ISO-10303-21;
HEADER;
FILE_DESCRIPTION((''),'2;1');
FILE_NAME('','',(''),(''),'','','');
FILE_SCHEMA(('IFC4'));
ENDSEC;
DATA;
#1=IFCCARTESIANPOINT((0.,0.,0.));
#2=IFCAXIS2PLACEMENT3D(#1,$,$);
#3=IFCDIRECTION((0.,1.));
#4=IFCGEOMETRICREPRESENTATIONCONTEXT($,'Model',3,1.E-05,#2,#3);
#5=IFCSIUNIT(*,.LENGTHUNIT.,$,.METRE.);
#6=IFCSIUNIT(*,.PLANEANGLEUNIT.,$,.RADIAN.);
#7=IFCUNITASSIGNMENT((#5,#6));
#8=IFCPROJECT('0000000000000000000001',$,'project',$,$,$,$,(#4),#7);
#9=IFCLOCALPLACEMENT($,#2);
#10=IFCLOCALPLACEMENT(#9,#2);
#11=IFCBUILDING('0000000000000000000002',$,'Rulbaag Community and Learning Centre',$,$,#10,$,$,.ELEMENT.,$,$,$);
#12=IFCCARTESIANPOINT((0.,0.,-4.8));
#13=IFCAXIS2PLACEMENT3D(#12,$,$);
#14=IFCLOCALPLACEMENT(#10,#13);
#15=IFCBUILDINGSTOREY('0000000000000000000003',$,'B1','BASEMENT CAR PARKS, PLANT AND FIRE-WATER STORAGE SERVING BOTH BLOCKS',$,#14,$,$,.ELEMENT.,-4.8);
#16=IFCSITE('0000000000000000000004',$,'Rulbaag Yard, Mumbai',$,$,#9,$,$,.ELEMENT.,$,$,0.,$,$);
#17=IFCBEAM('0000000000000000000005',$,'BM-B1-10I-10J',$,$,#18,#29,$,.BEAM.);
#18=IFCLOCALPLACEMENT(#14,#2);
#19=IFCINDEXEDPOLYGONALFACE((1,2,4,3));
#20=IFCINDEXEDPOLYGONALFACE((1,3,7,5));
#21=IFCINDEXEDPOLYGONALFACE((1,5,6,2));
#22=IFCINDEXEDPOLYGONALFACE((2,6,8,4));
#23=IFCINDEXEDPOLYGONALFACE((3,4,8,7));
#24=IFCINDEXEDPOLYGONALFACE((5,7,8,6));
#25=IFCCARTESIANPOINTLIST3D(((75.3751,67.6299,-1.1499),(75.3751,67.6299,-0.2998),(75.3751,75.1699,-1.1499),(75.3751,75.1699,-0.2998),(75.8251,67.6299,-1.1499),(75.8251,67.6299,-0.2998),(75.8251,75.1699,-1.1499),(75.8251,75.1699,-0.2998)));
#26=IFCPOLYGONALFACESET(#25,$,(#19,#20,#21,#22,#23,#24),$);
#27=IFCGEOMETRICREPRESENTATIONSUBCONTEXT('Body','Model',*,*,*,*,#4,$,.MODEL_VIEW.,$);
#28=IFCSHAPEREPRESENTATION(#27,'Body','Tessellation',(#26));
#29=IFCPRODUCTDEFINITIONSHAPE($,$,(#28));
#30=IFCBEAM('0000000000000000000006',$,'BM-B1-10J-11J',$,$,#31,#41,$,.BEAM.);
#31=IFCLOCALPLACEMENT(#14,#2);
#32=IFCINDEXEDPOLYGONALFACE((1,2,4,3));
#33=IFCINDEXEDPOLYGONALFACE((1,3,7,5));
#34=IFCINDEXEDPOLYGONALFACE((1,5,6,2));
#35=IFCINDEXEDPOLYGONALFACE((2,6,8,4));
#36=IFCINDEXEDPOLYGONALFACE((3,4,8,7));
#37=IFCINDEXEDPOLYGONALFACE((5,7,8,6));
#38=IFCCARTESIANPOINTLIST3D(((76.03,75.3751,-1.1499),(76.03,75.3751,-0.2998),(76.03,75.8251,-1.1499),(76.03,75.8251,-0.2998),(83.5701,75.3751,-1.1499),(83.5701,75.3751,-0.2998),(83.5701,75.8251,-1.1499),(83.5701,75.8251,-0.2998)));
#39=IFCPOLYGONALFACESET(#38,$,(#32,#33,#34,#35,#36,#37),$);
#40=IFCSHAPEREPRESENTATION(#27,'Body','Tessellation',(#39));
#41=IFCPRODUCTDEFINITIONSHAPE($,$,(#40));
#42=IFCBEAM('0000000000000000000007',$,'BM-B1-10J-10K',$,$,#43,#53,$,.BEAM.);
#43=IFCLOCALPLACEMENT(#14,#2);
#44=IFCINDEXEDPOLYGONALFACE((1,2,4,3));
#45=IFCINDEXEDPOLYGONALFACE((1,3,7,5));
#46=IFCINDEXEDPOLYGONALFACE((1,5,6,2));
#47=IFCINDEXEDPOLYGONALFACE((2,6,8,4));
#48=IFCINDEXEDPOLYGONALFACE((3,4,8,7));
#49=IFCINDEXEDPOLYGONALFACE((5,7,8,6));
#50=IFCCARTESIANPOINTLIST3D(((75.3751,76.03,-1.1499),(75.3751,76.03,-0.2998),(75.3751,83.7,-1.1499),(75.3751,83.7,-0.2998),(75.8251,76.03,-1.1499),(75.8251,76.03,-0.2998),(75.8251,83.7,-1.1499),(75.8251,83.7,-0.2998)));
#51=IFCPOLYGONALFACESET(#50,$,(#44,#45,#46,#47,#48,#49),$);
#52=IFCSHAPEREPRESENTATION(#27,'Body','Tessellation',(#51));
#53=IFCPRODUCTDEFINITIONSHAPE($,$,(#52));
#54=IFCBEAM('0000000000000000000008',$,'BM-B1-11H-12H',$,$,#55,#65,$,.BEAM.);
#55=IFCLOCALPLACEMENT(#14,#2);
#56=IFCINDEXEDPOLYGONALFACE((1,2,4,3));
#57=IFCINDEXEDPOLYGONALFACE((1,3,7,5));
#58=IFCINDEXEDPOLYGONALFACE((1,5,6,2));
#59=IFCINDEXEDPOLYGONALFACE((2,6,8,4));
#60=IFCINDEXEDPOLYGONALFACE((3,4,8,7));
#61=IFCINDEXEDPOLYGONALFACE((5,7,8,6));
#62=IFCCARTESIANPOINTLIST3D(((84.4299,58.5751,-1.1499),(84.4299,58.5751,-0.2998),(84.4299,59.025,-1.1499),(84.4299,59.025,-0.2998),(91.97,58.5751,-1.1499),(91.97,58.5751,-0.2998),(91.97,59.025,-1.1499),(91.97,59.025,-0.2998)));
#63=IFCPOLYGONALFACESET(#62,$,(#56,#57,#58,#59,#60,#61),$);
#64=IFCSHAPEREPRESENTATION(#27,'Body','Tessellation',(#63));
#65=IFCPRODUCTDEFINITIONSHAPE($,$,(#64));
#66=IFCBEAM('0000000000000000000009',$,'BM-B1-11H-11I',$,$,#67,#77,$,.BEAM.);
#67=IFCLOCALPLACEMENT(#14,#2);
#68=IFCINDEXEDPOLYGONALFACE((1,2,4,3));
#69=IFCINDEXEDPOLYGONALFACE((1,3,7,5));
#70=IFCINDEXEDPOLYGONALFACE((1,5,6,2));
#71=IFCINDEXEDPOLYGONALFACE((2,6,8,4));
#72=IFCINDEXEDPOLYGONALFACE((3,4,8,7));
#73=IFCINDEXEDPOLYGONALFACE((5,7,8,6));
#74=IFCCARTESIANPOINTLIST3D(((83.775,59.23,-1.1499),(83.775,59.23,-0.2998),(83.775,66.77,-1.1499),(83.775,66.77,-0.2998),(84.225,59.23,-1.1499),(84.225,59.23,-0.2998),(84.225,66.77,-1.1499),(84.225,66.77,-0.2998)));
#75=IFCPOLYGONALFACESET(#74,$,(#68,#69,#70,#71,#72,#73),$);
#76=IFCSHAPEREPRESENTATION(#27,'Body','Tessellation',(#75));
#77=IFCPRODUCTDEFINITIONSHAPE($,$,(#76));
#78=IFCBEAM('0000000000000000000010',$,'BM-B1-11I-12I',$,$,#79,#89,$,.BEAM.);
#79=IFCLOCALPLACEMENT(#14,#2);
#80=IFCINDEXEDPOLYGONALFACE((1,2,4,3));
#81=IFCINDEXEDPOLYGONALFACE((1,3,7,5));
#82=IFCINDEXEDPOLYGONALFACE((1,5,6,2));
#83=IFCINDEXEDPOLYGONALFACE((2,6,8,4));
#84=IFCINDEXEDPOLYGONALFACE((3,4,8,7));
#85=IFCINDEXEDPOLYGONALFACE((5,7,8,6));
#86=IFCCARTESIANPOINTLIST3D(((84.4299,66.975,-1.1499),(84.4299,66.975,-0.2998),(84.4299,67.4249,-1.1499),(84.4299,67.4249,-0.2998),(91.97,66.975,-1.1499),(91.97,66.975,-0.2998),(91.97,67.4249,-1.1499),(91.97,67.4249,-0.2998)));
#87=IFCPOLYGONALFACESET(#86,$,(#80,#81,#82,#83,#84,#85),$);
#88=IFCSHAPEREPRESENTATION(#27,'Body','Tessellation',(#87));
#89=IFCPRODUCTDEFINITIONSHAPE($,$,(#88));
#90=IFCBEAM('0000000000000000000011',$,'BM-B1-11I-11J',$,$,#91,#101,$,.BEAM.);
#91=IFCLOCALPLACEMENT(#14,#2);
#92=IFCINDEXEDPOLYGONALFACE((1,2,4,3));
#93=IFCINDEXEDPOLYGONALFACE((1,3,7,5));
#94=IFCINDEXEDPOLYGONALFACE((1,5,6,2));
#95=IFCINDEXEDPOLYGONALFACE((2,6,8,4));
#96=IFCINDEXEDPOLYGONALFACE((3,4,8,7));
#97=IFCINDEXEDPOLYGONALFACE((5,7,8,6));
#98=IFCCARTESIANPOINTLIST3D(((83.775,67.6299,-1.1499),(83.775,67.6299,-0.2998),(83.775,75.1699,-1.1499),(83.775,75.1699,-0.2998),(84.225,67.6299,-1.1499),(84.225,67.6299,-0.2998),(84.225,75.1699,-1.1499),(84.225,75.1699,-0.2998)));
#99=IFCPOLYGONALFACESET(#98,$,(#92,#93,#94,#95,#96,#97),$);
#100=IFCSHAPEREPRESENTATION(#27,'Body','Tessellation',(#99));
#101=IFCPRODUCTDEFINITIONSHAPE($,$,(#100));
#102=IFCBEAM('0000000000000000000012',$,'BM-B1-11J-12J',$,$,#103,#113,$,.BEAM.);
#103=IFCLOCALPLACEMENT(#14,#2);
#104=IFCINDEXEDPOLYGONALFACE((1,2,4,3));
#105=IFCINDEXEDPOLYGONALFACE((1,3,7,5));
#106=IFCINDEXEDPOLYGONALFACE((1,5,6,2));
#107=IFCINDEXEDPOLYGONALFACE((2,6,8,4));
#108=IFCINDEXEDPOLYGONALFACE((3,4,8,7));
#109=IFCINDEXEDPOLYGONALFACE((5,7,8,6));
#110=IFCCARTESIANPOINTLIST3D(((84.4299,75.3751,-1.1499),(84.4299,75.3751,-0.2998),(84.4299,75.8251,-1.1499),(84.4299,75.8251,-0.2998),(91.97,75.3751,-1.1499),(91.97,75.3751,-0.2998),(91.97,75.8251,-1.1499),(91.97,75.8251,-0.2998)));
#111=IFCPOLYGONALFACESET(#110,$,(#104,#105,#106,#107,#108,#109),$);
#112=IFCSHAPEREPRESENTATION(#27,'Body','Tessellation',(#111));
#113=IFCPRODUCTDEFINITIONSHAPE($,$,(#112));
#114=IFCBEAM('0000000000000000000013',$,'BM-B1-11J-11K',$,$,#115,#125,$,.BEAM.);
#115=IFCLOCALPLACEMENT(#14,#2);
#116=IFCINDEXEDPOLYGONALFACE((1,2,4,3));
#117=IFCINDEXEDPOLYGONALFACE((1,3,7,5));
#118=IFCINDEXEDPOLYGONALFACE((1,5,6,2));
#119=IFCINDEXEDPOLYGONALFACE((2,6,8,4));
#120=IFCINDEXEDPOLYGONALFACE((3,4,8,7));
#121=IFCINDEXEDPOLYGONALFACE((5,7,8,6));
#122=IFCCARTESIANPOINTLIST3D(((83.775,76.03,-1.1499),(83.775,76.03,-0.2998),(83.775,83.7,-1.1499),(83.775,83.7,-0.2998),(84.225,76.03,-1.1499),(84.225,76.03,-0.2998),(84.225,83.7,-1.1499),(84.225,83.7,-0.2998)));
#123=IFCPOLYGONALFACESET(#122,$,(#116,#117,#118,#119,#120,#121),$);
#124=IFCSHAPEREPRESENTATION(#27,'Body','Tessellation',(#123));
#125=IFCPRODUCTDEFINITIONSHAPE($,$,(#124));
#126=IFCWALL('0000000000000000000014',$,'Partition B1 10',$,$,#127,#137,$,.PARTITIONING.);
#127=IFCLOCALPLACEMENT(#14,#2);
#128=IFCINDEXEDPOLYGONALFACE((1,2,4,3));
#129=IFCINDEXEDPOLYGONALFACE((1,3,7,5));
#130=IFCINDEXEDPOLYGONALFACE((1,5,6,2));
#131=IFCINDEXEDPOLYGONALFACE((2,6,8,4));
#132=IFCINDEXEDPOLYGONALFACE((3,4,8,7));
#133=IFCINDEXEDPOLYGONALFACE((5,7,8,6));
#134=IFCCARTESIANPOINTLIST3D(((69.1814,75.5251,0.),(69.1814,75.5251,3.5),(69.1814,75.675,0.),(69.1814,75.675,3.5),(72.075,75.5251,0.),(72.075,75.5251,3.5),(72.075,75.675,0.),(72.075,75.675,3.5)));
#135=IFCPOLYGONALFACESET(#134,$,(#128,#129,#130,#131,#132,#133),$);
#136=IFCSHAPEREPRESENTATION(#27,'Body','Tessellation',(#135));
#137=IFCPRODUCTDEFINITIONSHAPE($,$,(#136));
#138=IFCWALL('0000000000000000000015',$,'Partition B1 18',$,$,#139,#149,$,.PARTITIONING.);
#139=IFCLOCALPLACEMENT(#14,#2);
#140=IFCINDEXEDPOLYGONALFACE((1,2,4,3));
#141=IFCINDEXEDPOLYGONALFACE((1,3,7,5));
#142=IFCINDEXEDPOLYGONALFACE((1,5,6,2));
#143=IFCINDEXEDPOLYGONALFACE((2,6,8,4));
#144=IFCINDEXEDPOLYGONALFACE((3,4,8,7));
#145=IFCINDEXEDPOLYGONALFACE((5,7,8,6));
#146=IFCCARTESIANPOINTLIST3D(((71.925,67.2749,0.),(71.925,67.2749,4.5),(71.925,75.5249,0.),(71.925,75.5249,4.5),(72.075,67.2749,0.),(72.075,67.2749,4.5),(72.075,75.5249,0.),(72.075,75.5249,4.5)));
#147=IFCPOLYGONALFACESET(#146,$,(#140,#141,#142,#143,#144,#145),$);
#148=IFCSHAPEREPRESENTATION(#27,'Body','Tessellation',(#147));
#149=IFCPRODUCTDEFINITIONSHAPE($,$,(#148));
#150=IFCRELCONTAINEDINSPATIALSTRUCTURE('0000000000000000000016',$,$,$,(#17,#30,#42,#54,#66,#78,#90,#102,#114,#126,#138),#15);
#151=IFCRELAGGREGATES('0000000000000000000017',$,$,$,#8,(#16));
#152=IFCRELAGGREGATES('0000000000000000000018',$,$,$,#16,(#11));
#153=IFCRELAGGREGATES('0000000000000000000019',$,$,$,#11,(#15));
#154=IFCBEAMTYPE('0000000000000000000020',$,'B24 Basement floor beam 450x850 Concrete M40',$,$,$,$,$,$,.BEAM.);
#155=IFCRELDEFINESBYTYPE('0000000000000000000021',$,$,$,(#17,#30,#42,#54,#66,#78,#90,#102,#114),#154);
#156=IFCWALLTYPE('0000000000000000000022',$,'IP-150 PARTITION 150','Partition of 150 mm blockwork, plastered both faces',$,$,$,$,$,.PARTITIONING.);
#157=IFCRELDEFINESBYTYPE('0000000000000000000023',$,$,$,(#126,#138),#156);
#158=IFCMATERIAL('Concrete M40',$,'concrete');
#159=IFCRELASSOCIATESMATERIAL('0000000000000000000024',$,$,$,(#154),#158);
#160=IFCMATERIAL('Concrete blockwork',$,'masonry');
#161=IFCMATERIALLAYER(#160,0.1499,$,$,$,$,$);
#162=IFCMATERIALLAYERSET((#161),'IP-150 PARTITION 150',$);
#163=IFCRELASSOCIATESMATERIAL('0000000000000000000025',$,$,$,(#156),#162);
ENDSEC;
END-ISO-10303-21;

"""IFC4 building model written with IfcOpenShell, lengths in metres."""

from ifc_helpers import new_model, si_unit, direction, frame, frame_2d, origin, origin_2d, place, context, subcontext, project, spatial, rectangle, extrude, material, layer, layer_set, material_profile, profile_set, type_object, element, save


model = new_model("IFC4")

# Units and contexts
model_context = context("Model", 3, precision=1e-05, world=origin(), true_north=direction((0.0, 1.0)))
body_context = subcontext(model_context, "Body", "Model", "MODEL_VIEW")
ifc_project = project(units=[si_unit("LENGTHUNIT", "METRE"), si_unit("PLANEANGLEUNIT", "RADIAN")], contexts=[model_context])

# Site, building, storey
site_placement = place(None, origin())
site = spatial("IfcSite", under=ifc_project, at=site_placement, Name="Rulbaag Yard, Mumbai", CompositionType="ELEMENT", RefElevation=0.0)
building_placement = place(site_placement, origin())
building = spatial("IfcBuilding", under=site, at=building_placement, Name="Rulbaag Community and Learning Centre", CompositionType="ELEMENT")
storey_placement = place(building_placement, frame((0.0, 0.0, -4.8)))
storey = spatial("IfcBuildingStorey", under=building, at=storey_placement, Name="B1", Description="BASEMENT CAR PARKS, PLANT AND FIRE-WATER STORAGE SERVING BOTH BLOCKS", CompositionType="ELEMENT", Elevation=-4.8)

# Beams
ifc_material_1 = material(Name="Concrete M40", Category="concrete")
ifc_material_profile_1 = material_profile(ifc_material_1, rectangle(XDim=0.45, YDim=0.8501, at=origin_2d()), Name="RB450x850")
ifc_profile_set_1 = profile_set([ifc_material_profile_1], Name="Concrete M40")
beam_type = type_object("IfcBeamType", Name="B24 Basement floor beam 450x850 Concrete M40", PredefinedType="BEAM", material=ifc_profile_set_1)
for number, where, z_axis, x_axis, name in (
    (1, (75.6001, 67.6299, -0.7249), (0.0, 1.0, 0.0), (-1.0, 0.0, 0.0), "BM-B1-10I-10J"),
    (2, (76.03, 75.6001, -0.7249), (1.0, 0.0, 0.0), (0.0, 1.0, 0.0), "BM-B1-10J-11J"),
):
    element("IfcBeam", number, at=place(storey_placement, frame(where, z_axis=z_axis, x_axis=x_axis)), inside=storey, type_object=beam_type, Name=name, PredefinedType="BEAM", context=body_context, shape_type="SweptSolid", body=[
        extrude(rectangle(XDim=0.45, YDim=0.8501, at=origin_2d()), origin(), (0.0, 0.0, 1.0), 7.54),
    ])
beam_1_placement = place(storey_placement, frame((75.6001, 76.03, -0.7249), z_axis=(0.0, 1.0, 0.0), x_axis=(-1.0, 0.0, 0.0)))
element("IfcBeam", 3, at=beam_1_placement, inside=storey, type_object=beam_type, Name="BM-B1-10J-10K", PredefinedType="BEAM", context=body_context, shape_type="SweptSolid", body=[
    extrude(rectangle(XDim=0.45, YDim=0.8501, at=origin_2d()), origin(), (0.0, 0.0, 1.0), 7.6699),
])
for number, where, z_axis, x_axis, name in (
    (4, (84.4299, 58.8, -0.7249), (1.0, 0.0, 0.0), (0.0, 1.0, 0.0), "BM-B1-11H-12H"),
    (5, (84.0, 59.23, -0.7249), (0.0, 1.0, 0.0), (-1.0, 0.0, 0.0), "BM-B1-11H-11I"),
    (6, (84.4299, 67.2, -0.7249), (1.0, 0.0, 0.0), (0.0, 1.0, 0.0), "BM-B1-11I-12I"),
    (7, (84.0, 67.6299, -0.7249), (0.0, 1.0, 0.0), (-1.0, 0.0, 0.0), "BM-B1-11I-11J"),
    (8, (84.4299, 75.6001, -0.7249), (1.0, 0.0, 0.0), (0.0, 1.0, 0.0), "BM-B1-11J-12J"),
):
    element("IfcBeam", number, at=place(storey_placement, frame(where, z_axis=z_axis, x_axis=x_axis)), inside=storey, type_object=beam_type, Name=name, PredefinedType="BEAM", context=body_context, shape_type="SweptSolid", body=[
        extrude(rectangle(XDim=0.45, YDim=0.8501, at=origin_2d()), origin(), (0.0, 0.0, 1.0), 7.54),
    ])
beam_2_placement = place(storey_placement, frame((84.0, 76.03, -0.7249), z_axis=(0.0, 1.0, 0.0), x_axis=(-1.0, 0.0, 0.0)))
element("IfcBeam", 9, at=beam_2_placement, inside=storey, type_object=beam_type, Name="BM-B1-11J-11K", PredefinedType="BEAM", context=body_context, shape_type="SweptSolid", body=[
    extrude(rectangle(XDim=0.45, YDim=0.8501, at=origin_2d()), origin(), (0.0, 0.0, 1.0), 7.6699),
])

# Walls
ifc_material_2 = material(Name="Concrete blockwork", Category="masonry")
ifc_layer = layer(ifc_material_2, 0.1499)
ifc_layer_set = layer_set([ifc_layer], Name="IP-150 PARTITION 150")
wall_type = type_object("IfcWallType", Name="IP-150 PARTITION 150", Description="Partition of 150 mm blockwork, plastered both faces", PredefinedType="PARTITIONING", material=ifc_layer_set)
wall_1_placement = place(storey_placement, frame((69.1814, 75.6001, 0.0), z_axis=(0.0, 0.0, 1.0), x_axis=(1.0, 0.0, 0.0)))
element("IfcWall", 10, at=wall_1_placement, inside=storey, type_object=wall_type, Name="Partition B1 10", PredefinedType="PARTITIONING", context=body_context, shape_type="SweptSolid", body=[
    extrude(rectangle(XDim=2.8936, YDim=0.1499, at=frame_2d((1.4468, 0.0))), origin(), (0.0, 0.0, 1.0), 3.5),
])
wall_2_placement = place(storey_placement, frame((72.0, 67.2749, 0.0), z_axis=(0.0, 0.0, 1.0), x_axis=(0.0, 1.0, 0.0)))
element("IfcWall", 11, at=wall_2_placement, inside=storey, type_object=wall_type, Name="Partition B1 18", PredefinedType="PARTITIONING", context=body_context, shape_type="SweptSolid", body=[
    extrude(rectangle(XDim=8.25, YDim=0.1499, at=frame_2d((4.125, 0.0))), origin(), (0.0, 0.0, 1.0), 4.5),
])

save(model, "model.ifc")
